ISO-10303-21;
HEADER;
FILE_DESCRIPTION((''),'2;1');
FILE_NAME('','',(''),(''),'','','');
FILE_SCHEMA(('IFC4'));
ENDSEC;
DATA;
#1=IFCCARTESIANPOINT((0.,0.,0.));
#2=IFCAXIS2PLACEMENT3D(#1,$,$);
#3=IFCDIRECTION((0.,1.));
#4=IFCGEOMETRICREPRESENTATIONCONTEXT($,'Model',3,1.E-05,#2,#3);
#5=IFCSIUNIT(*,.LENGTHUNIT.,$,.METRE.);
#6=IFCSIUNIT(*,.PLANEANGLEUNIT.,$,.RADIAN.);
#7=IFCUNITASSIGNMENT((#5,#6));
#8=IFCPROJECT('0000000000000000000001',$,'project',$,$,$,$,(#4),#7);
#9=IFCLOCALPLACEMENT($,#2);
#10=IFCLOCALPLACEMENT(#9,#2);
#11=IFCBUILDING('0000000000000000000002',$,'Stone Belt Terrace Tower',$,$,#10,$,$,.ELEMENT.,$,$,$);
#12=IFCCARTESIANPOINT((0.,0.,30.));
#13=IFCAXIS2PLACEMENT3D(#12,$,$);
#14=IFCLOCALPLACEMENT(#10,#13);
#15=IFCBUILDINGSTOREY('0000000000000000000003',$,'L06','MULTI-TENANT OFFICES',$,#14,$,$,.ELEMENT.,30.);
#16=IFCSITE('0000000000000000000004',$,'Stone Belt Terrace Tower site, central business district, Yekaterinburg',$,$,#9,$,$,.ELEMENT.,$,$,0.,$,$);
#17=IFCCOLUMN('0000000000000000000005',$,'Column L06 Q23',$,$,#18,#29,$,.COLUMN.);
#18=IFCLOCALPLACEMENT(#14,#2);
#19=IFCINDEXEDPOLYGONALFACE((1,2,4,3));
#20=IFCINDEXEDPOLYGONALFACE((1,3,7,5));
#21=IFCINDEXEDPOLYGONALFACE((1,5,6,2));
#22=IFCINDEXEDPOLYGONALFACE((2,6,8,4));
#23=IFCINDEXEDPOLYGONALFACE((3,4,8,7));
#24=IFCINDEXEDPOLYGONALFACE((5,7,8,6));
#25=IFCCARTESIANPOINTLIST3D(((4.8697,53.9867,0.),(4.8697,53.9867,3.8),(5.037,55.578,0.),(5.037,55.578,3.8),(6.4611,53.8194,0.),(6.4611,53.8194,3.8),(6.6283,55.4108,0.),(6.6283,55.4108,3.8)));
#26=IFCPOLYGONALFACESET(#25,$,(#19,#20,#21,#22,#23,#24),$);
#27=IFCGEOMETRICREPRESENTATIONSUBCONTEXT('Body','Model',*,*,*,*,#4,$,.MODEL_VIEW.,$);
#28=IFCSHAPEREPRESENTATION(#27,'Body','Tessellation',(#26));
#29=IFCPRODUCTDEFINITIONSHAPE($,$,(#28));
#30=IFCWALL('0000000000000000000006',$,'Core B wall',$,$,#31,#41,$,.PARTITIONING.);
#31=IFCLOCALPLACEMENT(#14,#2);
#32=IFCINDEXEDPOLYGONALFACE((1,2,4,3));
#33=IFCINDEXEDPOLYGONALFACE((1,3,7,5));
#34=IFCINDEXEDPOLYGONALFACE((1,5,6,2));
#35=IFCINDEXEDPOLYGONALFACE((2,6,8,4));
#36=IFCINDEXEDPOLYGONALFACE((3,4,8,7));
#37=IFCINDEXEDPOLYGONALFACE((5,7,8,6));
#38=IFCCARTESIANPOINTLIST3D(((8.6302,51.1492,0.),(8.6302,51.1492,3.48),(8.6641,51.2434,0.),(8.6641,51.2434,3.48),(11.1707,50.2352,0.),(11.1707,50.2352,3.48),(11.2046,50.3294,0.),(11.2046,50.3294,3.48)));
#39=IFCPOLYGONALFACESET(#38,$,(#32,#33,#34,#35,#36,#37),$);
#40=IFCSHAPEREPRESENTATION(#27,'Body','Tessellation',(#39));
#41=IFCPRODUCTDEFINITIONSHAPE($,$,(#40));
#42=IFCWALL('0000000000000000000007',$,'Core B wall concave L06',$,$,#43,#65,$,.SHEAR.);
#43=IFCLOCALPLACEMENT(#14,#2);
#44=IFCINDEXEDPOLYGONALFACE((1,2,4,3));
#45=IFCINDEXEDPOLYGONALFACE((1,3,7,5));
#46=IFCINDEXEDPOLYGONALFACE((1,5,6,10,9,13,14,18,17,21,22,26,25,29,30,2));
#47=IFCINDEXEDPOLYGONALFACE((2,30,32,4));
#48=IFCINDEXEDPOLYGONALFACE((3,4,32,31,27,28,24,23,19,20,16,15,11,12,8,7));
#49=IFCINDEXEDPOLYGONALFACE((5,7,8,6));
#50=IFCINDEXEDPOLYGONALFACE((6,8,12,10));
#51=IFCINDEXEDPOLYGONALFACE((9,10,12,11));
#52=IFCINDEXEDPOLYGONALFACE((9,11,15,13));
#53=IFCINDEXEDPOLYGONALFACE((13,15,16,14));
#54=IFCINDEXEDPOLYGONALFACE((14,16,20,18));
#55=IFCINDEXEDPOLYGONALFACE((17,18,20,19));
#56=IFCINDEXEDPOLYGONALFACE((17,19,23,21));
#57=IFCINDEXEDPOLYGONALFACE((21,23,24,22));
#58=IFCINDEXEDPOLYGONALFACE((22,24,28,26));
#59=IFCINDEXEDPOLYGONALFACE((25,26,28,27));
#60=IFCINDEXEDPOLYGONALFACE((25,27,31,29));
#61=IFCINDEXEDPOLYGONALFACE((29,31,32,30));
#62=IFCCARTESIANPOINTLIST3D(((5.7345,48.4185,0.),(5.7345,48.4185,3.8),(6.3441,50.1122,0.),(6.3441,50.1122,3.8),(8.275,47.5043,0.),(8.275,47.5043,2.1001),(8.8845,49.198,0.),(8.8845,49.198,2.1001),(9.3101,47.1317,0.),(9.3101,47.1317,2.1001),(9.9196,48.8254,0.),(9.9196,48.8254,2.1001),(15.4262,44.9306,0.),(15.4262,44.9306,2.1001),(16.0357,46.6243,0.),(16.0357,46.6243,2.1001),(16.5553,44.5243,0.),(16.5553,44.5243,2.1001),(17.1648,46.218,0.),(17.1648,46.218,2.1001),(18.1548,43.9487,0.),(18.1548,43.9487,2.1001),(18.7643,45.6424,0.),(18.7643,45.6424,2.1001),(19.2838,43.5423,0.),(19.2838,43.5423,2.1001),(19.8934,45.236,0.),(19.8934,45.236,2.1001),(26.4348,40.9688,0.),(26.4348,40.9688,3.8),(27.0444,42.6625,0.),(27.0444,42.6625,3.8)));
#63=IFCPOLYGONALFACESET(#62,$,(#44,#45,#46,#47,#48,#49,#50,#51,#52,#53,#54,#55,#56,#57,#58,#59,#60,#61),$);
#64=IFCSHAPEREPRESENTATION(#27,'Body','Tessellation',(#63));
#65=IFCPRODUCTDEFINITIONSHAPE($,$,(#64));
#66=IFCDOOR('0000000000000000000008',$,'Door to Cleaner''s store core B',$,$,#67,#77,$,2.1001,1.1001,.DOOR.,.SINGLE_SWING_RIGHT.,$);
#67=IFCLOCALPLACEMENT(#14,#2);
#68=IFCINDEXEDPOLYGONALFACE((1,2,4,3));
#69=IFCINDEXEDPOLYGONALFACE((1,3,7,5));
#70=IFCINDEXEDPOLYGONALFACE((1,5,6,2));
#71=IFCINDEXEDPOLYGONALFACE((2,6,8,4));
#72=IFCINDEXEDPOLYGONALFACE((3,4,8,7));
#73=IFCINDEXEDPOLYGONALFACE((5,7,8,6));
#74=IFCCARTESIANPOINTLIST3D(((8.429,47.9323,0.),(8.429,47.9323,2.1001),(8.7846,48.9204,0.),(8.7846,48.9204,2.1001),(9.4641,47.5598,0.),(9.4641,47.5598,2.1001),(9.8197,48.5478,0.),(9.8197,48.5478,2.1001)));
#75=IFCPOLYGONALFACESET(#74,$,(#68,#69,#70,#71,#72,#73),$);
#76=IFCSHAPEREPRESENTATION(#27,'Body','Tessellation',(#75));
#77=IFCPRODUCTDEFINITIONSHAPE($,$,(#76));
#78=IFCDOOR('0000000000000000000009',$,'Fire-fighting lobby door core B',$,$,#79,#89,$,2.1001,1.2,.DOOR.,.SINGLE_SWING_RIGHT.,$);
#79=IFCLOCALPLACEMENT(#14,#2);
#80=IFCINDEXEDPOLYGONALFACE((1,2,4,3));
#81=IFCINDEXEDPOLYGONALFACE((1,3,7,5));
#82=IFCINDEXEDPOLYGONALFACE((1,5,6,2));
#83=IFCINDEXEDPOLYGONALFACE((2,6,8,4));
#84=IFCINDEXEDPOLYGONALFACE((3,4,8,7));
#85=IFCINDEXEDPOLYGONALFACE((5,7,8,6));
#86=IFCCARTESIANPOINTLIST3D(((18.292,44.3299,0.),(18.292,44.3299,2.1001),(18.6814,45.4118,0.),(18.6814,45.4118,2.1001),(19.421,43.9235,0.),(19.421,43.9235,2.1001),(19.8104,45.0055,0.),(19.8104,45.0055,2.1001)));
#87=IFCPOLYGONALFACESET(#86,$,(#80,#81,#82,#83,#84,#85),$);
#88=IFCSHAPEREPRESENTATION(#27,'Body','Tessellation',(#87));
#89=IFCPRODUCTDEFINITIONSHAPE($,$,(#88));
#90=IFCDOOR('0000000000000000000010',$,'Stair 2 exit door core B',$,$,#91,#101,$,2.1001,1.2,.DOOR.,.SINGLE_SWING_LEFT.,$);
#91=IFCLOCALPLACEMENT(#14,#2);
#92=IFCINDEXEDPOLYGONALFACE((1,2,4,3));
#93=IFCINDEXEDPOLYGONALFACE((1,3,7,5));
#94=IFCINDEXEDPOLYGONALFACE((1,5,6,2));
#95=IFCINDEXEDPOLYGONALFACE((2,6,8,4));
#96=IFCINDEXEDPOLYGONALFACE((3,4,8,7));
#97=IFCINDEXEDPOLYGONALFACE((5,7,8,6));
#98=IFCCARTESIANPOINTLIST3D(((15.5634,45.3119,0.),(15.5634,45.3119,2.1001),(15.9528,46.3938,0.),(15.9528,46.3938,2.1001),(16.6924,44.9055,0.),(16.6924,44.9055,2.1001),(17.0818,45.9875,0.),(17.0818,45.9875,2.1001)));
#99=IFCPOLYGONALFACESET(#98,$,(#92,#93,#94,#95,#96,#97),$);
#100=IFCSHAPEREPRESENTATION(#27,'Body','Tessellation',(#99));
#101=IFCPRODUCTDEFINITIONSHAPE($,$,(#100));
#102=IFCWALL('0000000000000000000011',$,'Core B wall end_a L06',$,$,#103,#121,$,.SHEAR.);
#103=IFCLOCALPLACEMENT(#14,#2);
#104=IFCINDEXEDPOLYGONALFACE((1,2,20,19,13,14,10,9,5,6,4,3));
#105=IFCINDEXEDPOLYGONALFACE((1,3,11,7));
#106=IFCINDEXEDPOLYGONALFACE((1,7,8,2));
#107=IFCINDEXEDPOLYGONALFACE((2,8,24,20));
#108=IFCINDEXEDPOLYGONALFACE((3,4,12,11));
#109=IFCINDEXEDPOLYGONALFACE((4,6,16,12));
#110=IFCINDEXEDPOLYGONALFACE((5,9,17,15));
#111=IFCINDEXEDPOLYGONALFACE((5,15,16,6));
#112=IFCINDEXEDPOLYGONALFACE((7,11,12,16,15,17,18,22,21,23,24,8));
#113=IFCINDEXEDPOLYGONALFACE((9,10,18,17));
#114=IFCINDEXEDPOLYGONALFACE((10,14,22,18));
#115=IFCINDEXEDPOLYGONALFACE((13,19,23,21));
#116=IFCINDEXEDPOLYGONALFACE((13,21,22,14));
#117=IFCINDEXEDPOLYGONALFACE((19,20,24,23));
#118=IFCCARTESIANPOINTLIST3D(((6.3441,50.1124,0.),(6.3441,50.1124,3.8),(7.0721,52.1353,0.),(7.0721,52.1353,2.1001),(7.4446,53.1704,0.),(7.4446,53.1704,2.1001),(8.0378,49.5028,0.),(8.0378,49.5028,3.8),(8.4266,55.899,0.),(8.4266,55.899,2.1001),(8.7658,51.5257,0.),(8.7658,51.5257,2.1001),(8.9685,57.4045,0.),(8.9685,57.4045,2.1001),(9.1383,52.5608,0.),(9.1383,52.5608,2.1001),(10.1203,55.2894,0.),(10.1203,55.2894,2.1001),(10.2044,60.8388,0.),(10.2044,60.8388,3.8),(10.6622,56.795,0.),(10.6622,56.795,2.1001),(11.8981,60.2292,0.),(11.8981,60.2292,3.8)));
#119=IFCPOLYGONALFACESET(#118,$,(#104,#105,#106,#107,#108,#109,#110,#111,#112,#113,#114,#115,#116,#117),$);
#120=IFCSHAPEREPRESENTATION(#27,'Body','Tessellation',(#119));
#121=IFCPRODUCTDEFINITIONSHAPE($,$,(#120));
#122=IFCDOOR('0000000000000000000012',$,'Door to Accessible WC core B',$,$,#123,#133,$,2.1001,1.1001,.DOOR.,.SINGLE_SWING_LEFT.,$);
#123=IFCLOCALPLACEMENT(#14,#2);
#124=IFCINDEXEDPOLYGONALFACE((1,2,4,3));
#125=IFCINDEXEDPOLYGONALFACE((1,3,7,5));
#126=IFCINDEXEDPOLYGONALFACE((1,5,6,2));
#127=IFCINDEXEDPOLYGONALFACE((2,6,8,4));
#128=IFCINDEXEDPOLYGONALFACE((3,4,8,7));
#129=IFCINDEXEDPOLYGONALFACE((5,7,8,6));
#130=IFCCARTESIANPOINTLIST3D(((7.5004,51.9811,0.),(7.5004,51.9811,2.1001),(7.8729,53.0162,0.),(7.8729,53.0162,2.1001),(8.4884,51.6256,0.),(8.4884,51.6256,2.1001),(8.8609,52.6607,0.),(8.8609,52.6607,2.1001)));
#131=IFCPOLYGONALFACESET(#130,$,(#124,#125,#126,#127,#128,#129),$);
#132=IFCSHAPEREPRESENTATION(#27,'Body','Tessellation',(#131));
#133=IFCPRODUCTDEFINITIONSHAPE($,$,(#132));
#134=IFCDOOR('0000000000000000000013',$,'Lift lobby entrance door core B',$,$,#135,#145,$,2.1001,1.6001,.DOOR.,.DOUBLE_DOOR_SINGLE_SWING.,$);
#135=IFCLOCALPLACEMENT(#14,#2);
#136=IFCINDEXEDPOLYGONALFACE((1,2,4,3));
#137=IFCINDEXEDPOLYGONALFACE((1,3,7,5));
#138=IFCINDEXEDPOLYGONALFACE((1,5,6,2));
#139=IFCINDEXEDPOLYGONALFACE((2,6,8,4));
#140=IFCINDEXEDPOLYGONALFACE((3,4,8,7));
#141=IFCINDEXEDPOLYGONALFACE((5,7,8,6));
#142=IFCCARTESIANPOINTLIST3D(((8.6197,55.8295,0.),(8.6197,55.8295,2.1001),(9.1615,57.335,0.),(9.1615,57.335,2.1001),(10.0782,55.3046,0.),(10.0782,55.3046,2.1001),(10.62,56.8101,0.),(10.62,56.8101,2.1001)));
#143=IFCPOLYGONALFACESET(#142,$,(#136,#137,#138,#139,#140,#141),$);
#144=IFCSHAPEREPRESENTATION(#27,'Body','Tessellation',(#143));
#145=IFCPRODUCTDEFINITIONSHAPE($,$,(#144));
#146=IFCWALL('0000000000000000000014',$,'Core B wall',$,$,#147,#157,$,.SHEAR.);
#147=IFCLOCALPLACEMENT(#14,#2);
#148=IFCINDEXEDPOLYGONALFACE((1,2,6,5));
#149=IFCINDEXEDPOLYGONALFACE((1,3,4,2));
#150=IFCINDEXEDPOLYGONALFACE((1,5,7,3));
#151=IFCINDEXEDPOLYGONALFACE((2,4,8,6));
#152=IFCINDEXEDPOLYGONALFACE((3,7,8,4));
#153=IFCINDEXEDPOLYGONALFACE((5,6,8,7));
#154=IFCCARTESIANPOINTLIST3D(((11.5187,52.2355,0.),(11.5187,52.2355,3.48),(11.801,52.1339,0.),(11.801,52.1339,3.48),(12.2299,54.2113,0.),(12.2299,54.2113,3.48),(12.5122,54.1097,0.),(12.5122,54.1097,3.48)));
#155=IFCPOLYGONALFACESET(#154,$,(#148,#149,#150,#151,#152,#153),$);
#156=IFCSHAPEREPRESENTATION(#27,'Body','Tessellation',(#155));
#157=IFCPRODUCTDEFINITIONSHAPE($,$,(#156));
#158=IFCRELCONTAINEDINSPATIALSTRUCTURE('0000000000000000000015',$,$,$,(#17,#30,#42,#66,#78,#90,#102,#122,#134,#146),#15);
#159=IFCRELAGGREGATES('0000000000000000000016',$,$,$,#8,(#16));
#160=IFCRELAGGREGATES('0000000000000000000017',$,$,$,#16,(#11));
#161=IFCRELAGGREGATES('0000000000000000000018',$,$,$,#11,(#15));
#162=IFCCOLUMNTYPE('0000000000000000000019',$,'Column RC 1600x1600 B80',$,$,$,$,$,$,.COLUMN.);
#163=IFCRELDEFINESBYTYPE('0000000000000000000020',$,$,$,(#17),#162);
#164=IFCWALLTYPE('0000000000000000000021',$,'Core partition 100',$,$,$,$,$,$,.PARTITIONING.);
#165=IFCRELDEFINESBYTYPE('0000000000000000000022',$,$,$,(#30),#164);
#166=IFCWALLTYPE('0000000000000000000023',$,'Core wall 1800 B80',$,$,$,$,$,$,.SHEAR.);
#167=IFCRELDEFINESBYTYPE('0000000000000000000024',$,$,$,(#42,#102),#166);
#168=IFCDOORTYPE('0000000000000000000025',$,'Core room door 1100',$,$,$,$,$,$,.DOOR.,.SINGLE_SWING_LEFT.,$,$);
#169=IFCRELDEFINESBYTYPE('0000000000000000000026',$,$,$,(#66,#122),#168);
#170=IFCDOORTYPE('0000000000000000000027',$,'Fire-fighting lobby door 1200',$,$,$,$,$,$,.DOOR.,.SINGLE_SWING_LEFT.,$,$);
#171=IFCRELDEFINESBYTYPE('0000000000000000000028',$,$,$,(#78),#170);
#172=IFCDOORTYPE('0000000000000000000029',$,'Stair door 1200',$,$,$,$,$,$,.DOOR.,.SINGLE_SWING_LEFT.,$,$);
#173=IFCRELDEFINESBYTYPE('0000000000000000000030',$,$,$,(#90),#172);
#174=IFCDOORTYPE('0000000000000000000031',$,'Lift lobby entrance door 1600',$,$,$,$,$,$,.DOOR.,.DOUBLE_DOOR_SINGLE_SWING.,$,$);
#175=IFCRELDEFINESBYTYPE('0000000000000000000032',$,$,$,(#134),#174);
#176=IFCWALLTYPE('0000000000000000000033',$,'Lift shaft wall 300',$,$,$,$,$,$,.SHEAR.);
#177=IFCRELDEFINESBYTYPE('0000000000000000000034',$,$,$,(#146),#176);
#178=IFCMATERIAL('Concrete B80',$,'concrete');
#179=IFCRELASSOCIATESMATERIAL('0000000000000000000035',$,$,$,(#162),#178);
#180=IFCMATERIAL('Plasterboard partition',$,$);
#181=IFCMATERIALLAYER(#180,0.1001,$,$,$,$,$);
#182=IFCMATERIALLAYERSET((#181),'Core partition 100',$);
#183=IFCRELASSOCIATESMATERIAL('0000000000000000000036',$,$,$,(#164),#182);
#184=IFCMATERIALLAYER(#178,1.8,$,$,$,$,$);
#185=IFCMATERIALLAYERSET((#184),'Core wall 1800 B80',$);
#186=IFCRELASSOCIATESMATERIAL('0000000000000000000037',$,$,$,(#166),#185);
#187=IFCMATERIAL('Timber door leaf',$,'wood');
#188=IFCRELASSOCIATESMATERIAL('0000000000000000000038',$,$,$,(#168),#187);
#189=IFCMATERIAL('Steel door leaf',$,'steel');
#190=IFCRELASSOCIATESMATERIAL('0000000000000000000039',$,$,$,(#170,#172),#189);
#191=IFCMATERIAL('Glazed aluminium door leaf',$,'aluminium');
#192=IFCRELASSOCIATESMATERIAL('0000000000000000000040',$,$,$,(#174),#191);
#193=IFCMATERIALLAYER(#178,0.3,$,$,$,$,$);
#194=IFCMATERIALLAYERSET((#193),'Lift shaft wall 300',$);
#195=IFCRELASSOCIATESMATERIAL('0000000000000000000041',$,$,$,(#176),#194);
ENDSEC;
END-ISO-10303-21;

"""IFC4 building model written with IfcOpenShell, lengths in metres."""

from ifc_helpers import new_model, si_unit, direction, frame, frame_2d, origin, origin_2d, place, context, subcontext, project, spatial, rectangle, extrude, material, layer, layer_set, material_profile, profile_set, type_object, element, fill, save


model = new_model("IFC4")

# Units and contexts
model_context = context("Model", 3, precision=1e-05, world=origin(), true_north=direction((0.0, 1.0)))
body_context = subcontext(model_context, "Body", "Model", "MODEL_VIEW")
ifc_project = project(units=[si_unit("LENGTHUNIT", "METRE"), si_unit("PLANEANGLEUNIT", "RADIAN")], contexts=[model_context])

# Site, building, storey
site_placement = place(None, origin())
site = spatial("IfcSite", under=ifc_project, at=site_placement, Name="Stone Belt Terrace Tower site, central business district, Yekaterinburg", CompositionType="ELEMENT", RefElevation=0.0)
building_placement = place(site_placement, origin())
building = spatial("IfcBuilding", under=site, at=building_placement, Name="Stone Belt Terrace Tower", CompositionType="ELEMENT")
storey_placement = place(building_placement, frame((0.0, 0.0, 30.0)))
storey = spatial("IfcBuildingStorey", under=building, at=storey_placement, Name="L06", Description="MULTI-TENANT OFFICES", CompositionType="ELEMENT", Elevation=30.0)

# Column
ifc_material_1 = material(Name="Concrete B80", Category="concrete")
ifc_material_profile = material_profile(ifc_material_1, rectangle(XDim=1.6001, YDim=1.6001, at=origin_2d()), Name="RC 1600x1600")
ifc_profile_set = profile_set([ifc_material_profile], Name="Concrete B80")
column_type = type_object("IfcColumnType", Name="Column RC 1600x1600 B80", PredefinedType="COLUMN", material=ifc_profile_set)
column_placement = place(storey_placement, frame((5.749, 54.6987, 0.0), z_axis=(0.0, 0.0, 1.0), x_axis=(0.994522, -0.104528, 0.0)))
element("IfcColumn", 1, at=column_placement, inside=storey, type_object=column_type, Name="Column L06 Q23", PredefinedType="COLUMN", context=body_context, shape_type="SweptSolid", body=[
    extrude(rectangle(XDim=1.6001, YDim=1.6001, at=origin_2d()), origin(), (0.0, 0.0, 1.0), 3.8),
])

# Wall
ifc_material_2 = material(Name="Plasterboard partition")
ifc_layer_1 = layer(ifc_material_2, 0.1001)
ifc_layer_set_1 = layer_set([ifc_layer_1], Name="Core partition 100")
wall_type_1 = type_object("IfcWallType", Name="Core partition 100", PredefinedType="PARTITIONING", material=ifc_layer_set_1)
wall_1_placement = place(storey_placement, frame((11.1877, 50.2822, 0.0), z_axis=(0.0, 0.0, 1.0), x_axis=(-0.94095, 0.338547, 0.0)))
element("IfcWall", 2, at=wall_1_placement, inside=storey, type_object=wall_type_1, Name="Core B wall", PredefinedType="PARTITIONING", context=body_context, shape_type="SweptSolid", body=[
    extrude(rectangle(XDim=2.7, YDim=0.1001, at=frame_2d((1.3501, 0.0))), origin(), (0.0, 0.0, 1.0), 3.48),
])

# Walls, openings, doors
ifc_layer_2 = layer(ifc_material_1, 1.8)
ifc_layer_set_2 = layer_set([ifc_layer_2], Name="Core wall 1800 B80")
wall_type_2 = type_object("IfcWallType", Name="Core wall 1800 B80", PredefinedType="SHEAR", material=ifc_layer_set_2)
wall_2_placement = place(storey_placement, frame((6.0393, 49.2654, 0.0), z_axis=(0.0, 0.0, 1.0), x_axis=(0.940922, -0.338624, 0.0)))
wall_2 = element("IfcWall", 3, at=wall_2_placement, inside=storey, type_object=wall_type_2, Name="Core B wall concave L06", PredefinedType="SHEAR", context=body_context, shape_type="SweptSolid", body=[
    extrude(rectangle(XDim=22.0, YDim=1.8, at=frame_2d((11.0, 0.0))), origin(), (0.0, 0.0, 1.0), 3.8),
])
opening_1_placement = place(wall_2_placement, frame((13.2, 0.0, 0.0)))
opening_1 = element("IfcOpeningElement", 4, at=opening_1_placement, cuts=wall_2, PredefinedType="OPENING", context=body_context, shape_type="SweptSolid", body=[
    extrude(rectangle(XDim=1.2, YDim=2.1001, at=frame_2d((0.6001, 1.05))), frame((0.0, 0.9099, 0.0), z_axis=(0.0, -1.0, 0.0), x_axis=(1.0, 0.0, 0.0)), (0.0, 0.0, 1.0), 1.8201),
])
opening_2_placement = place(wall_2_placement, frame((10.3, 0.0, 0.0)))
opening_2 = element("IfcOpeningElement", 5, at=opening_2_placement, cuts=wall_2, PredefinedType="OPENING", context=body_context, shape_type="SweptSolid", body=[
    extrude(rectangle(XDim=1.2, YDim=2.1001, at=frame_2d((0.6001, 1.05))), frame((0.0, 0.9099, 0.0), z_axis=(0.0, -1.0, 0.0), x_axis=(1.0, 0.0, 0.0)), (0.0, 0.0, 1.0), 1.8201),
])
opening_3_placement = place(wall_2_placement, frame((2.7, 0.0, 0.0)))
opening_3 = element("IfcOpeningElement", 6, at=opening_3_placement, cuts=wall_2, PredefinedType="OPENING", context=body_context, shape_type="SweptSolid", body=[
    extrude(rectangle(XDim=1.1001, YDim=2.1001, at=frame_2d((0.55, 1.05))), frame((0.0, 0.9099, 0.0), z_axis=(0.0, -1.0, 0.0), x_axis=(1.0, 0.0, 0.0)), (0.0, 0.0, 1.0), 1.8201),
])
ifc_material_3 = material(Name="Timber door leaf", Category="wood")
door_type_1 = type_object("IfcDoorType", Name="Core room door 1100", OperationType="SINGLE_SWING_LEFT", PredefinedType="DOOR", material=ifc_material_3)
door_1_placement = place(opening_3_placement, origin())
door_1 = element("IfcDoor", 7, at=door_1_placement, inside=storey, type_object=door_type_1, Name="Door to Cleaner's store core B", OperationType="SINGLE_SWING_RIGHT", OverallHeight=2.1001, OverallWidth=1.1001, PredefinedType="DOOR", context=body_context, shape_type="SweptSolid", body=[
    extrude(rectangle(XDim=1.1001, YDim=2.1001, at=frame_2d((0.55, 1.05))), frame((0.0, 0.605, 0.0), z_axis=(0.0, -1.0, 0.0), x_axis=(1.0, 0.0, 0.0)), (0.0, 0.0, 1.0), 1.05),
])
fill(opening_3, door_1)
ifc_material_4 = material(Name="Steel door leaf", Category="steel")
door_type_2 = type_object("IfcDoorType", Name="Fire-fighting lobby door 1200", OperationType="SINGLE_SWING_LEFT", PredefinedType="DOOR", material=ifc_material_4)
door_2_placement = place(opening_1_placement, origin())
door_2 = element("IfcDoor", 8, at=door_2_placement, inside=storey, type_object=door_type_2, Name="Fire-fighting lobby door core B", OperationType="SINGLE_SWING_RIGHT", OverallHeight=2.1001, OverallWidth=1.2, PredefinedType="DOOR", context=body_context, shape_type="SweptSolid", body=[
    extrude(rectangle(XDim=1.2, YDim=2.1001, at=frame_2d((0.6001, 1.05))), frame((0.0, 0.655, 0.0), z_axis=(0.0, -1.0, 0.0), x_axis=(1.0, 0.0, 0.0)), (0.0, 0.0, 1.0), 1.1499),
])
fill(opening_1, door_2)
door_type_3 = type_object("IfcDoorType", Name="Stair door 1200", OperationType="SINGLE_SWING_LEFT", PredefinedType="DOOR", material=ifc_material_4)
door_3_placement = place(opening_2_placement, origin())
door_3 = element("IfcDoor", 9, at=door_3_placement, inside=storey, type_object=door_type_3, Name="Stair 2 exit door core B", OperationType="SINGLE_SWING_LEFT", OverallHeight=2.1001, OverallWidth=1.2, PredefinedType="DOOR", context=body_context, shape_type="SweptSolid", body=[
    extrude(rectangle(XDim=1.2, YDim=2.1001, at=frame_2d((0.6001, 1.05))), frame((0.0, 0.655, 0.0), z_axis=(0.0, -1.0, 0.0), x_axis=(1.0, 0.0, 0.0)), (0.0, 0.0, 1.0), 1.1499),
])
fill(opening_2, door_3)
wall_3_placement = place(storey_placement, frame((7.1909, 49.8076, 0.0), z_axis=(0.0, 0.0, 1.0), x_axis=(0.338632, 0.940919, 0.0)))
wall_3 = element("IfcWall", 10, at=wall_3_placement, inside=storey, type_object=wall_type_2, Name="Core B wall end_a L06", PredefinedType="SHEAR", context=body_context, shape_type="SweptSolid", body=[
    extrude(rectangle(XDim=11.3999, YDim=1.8, at=frame_2d((5.7, 0.0))), origin(), (0.0, 0.0, 1.0), 3.8),
])
opening_4_placement = place(wall_3_placement, frame((6.1499, 0.0, 0.0)))
opening_4 = element("IfcOpeningElement", 11, at=opening_4_placement, cuts=wall_3, PredefinedType="OPENING", context=body_context, shape_type="SweptSolid", body=[
    extrude(rectangle(XDim=1.6001, YDim=2.1001, at=frame_2d((0.8, 1.05))), frame((0.0, 0.9099, 0.0), z_axis=(0.0, -1.0, 0.0), x_axis=(1.0, 0.0, 0.0)), (0.0, 0.0, 1.0), 1.8201),
])
opening_5_placement = place(wall_3_placement, frame((2.1499, 0.0, 0.0)))
opening_5 = element("IfcOpeningElement", 12, at=opening_5_placement, cuts=wall_3, PredefinedType="OPENING", context=body_context, shape_type="SweptSolid", body=[
    extrude(rectangle(XDim=1.1001, YDim=2.1001, at=frame_2d((0.55, 1.05))), frame((0.0, 0.9099, 0.0), z_axis=(0.0, -1.0, 0.0), x_axis=(1.0, 0.0, 0.0)), (0.0, 0.0, 1.0), 1.8201),
])
door_4_placement = place(opening_5_placement, origin())
door_4 = element("IfcDoor", 13, at=door_4_placement, inside=storey, type_object=door_type_1, Name="Door to Accessible WC core B", OperationType="SINGLE_SWING_LEFT", OverallHeight=2.1001, OverallWidth=1.1001, PredefinedType="DOOR", context=body_context, shape_type="SweptSolid", body=[
    extrude(rectangle(XDim=1.1001, YDim=2.1001, at=frame_2d((0.55, 1.05))), frame((0.0, 0.4448, 0.0), z_axis=(0.0, -1.0, 0.0), x_axis=(1.0, 0.0, 0.0)), (0.0, 0.0, 1.0), 1.05),
])
fill(opening_5, door_4)
ifc_material_5 = material(Name="Glazed aluminium door leaf", Category="aluminium")
door_type_4 = type_object("IfcDoorType", Name="Lift lobby entrance door 1600", OperationType="DOUBLE_DOOR_SINGLE_SWING", PredefinedType="DOOR", material=ifc_material_5)
door_5_placement = place(opening_4_placement, origin())
door_5 = element("IfcDoor", 14, at=door_5_placement, inside=storey, type_object=door_type_4, Name="Lift lobby entrance door core B", OperationType="DOUBLE_DOOR_SINGLE_SWING", OverallHeight=2.1001, OverallWidth=1.6001, PredefinedType="DOOR", context=body_context, shape_type="SweptSolid", body=[
    extrude(rectangle(XDim=1.6001, YDim=2.1001, at=frame_2d((0.8, 1.05))), frame((0.0, 0.6948, 0.0), z_axis=(0.0, -1.0, 0.0), x_axis=(1.0, 0.0, 0.0)), (0.0, 0.0, 1.0), 1.55),
])
fill(opening_4, door_5)

# Wall
ifc_layer_3 = layer(ifc_material_1, 0.3)
ifc_layer_set_3 = layer_set([ifc_layer_3], Name="Lift shaft wall 300")
wall_type_3 = type_object("IfcWallType", Name="Lift shaft wall 300", PredefinedType="SHEAR", material=ifc_layer_set_3)
wall_4_placement = place(storey_placement, frame((11.6599, 52.1848, 0.0), z_axis=(0.0, 0.0, 1.0), x_axis=(0.33867, 0.940905, 0.0)))
element("IfcWall", 15, at=wall_4_placement, inside=storey, type_object=wall_type_3, Name="Core B wall", PredefinedType="SHEAR", context=body_context, shape_type="SweptSolid", body=[
    extrude(rectangle(XDim=2.0999, YDim=0.3, at=frame_2d((1.0498, 0.0))), origin(), (0.0, 0.0, 1.0), 3.48),
])

save(model, "model.ifc")
